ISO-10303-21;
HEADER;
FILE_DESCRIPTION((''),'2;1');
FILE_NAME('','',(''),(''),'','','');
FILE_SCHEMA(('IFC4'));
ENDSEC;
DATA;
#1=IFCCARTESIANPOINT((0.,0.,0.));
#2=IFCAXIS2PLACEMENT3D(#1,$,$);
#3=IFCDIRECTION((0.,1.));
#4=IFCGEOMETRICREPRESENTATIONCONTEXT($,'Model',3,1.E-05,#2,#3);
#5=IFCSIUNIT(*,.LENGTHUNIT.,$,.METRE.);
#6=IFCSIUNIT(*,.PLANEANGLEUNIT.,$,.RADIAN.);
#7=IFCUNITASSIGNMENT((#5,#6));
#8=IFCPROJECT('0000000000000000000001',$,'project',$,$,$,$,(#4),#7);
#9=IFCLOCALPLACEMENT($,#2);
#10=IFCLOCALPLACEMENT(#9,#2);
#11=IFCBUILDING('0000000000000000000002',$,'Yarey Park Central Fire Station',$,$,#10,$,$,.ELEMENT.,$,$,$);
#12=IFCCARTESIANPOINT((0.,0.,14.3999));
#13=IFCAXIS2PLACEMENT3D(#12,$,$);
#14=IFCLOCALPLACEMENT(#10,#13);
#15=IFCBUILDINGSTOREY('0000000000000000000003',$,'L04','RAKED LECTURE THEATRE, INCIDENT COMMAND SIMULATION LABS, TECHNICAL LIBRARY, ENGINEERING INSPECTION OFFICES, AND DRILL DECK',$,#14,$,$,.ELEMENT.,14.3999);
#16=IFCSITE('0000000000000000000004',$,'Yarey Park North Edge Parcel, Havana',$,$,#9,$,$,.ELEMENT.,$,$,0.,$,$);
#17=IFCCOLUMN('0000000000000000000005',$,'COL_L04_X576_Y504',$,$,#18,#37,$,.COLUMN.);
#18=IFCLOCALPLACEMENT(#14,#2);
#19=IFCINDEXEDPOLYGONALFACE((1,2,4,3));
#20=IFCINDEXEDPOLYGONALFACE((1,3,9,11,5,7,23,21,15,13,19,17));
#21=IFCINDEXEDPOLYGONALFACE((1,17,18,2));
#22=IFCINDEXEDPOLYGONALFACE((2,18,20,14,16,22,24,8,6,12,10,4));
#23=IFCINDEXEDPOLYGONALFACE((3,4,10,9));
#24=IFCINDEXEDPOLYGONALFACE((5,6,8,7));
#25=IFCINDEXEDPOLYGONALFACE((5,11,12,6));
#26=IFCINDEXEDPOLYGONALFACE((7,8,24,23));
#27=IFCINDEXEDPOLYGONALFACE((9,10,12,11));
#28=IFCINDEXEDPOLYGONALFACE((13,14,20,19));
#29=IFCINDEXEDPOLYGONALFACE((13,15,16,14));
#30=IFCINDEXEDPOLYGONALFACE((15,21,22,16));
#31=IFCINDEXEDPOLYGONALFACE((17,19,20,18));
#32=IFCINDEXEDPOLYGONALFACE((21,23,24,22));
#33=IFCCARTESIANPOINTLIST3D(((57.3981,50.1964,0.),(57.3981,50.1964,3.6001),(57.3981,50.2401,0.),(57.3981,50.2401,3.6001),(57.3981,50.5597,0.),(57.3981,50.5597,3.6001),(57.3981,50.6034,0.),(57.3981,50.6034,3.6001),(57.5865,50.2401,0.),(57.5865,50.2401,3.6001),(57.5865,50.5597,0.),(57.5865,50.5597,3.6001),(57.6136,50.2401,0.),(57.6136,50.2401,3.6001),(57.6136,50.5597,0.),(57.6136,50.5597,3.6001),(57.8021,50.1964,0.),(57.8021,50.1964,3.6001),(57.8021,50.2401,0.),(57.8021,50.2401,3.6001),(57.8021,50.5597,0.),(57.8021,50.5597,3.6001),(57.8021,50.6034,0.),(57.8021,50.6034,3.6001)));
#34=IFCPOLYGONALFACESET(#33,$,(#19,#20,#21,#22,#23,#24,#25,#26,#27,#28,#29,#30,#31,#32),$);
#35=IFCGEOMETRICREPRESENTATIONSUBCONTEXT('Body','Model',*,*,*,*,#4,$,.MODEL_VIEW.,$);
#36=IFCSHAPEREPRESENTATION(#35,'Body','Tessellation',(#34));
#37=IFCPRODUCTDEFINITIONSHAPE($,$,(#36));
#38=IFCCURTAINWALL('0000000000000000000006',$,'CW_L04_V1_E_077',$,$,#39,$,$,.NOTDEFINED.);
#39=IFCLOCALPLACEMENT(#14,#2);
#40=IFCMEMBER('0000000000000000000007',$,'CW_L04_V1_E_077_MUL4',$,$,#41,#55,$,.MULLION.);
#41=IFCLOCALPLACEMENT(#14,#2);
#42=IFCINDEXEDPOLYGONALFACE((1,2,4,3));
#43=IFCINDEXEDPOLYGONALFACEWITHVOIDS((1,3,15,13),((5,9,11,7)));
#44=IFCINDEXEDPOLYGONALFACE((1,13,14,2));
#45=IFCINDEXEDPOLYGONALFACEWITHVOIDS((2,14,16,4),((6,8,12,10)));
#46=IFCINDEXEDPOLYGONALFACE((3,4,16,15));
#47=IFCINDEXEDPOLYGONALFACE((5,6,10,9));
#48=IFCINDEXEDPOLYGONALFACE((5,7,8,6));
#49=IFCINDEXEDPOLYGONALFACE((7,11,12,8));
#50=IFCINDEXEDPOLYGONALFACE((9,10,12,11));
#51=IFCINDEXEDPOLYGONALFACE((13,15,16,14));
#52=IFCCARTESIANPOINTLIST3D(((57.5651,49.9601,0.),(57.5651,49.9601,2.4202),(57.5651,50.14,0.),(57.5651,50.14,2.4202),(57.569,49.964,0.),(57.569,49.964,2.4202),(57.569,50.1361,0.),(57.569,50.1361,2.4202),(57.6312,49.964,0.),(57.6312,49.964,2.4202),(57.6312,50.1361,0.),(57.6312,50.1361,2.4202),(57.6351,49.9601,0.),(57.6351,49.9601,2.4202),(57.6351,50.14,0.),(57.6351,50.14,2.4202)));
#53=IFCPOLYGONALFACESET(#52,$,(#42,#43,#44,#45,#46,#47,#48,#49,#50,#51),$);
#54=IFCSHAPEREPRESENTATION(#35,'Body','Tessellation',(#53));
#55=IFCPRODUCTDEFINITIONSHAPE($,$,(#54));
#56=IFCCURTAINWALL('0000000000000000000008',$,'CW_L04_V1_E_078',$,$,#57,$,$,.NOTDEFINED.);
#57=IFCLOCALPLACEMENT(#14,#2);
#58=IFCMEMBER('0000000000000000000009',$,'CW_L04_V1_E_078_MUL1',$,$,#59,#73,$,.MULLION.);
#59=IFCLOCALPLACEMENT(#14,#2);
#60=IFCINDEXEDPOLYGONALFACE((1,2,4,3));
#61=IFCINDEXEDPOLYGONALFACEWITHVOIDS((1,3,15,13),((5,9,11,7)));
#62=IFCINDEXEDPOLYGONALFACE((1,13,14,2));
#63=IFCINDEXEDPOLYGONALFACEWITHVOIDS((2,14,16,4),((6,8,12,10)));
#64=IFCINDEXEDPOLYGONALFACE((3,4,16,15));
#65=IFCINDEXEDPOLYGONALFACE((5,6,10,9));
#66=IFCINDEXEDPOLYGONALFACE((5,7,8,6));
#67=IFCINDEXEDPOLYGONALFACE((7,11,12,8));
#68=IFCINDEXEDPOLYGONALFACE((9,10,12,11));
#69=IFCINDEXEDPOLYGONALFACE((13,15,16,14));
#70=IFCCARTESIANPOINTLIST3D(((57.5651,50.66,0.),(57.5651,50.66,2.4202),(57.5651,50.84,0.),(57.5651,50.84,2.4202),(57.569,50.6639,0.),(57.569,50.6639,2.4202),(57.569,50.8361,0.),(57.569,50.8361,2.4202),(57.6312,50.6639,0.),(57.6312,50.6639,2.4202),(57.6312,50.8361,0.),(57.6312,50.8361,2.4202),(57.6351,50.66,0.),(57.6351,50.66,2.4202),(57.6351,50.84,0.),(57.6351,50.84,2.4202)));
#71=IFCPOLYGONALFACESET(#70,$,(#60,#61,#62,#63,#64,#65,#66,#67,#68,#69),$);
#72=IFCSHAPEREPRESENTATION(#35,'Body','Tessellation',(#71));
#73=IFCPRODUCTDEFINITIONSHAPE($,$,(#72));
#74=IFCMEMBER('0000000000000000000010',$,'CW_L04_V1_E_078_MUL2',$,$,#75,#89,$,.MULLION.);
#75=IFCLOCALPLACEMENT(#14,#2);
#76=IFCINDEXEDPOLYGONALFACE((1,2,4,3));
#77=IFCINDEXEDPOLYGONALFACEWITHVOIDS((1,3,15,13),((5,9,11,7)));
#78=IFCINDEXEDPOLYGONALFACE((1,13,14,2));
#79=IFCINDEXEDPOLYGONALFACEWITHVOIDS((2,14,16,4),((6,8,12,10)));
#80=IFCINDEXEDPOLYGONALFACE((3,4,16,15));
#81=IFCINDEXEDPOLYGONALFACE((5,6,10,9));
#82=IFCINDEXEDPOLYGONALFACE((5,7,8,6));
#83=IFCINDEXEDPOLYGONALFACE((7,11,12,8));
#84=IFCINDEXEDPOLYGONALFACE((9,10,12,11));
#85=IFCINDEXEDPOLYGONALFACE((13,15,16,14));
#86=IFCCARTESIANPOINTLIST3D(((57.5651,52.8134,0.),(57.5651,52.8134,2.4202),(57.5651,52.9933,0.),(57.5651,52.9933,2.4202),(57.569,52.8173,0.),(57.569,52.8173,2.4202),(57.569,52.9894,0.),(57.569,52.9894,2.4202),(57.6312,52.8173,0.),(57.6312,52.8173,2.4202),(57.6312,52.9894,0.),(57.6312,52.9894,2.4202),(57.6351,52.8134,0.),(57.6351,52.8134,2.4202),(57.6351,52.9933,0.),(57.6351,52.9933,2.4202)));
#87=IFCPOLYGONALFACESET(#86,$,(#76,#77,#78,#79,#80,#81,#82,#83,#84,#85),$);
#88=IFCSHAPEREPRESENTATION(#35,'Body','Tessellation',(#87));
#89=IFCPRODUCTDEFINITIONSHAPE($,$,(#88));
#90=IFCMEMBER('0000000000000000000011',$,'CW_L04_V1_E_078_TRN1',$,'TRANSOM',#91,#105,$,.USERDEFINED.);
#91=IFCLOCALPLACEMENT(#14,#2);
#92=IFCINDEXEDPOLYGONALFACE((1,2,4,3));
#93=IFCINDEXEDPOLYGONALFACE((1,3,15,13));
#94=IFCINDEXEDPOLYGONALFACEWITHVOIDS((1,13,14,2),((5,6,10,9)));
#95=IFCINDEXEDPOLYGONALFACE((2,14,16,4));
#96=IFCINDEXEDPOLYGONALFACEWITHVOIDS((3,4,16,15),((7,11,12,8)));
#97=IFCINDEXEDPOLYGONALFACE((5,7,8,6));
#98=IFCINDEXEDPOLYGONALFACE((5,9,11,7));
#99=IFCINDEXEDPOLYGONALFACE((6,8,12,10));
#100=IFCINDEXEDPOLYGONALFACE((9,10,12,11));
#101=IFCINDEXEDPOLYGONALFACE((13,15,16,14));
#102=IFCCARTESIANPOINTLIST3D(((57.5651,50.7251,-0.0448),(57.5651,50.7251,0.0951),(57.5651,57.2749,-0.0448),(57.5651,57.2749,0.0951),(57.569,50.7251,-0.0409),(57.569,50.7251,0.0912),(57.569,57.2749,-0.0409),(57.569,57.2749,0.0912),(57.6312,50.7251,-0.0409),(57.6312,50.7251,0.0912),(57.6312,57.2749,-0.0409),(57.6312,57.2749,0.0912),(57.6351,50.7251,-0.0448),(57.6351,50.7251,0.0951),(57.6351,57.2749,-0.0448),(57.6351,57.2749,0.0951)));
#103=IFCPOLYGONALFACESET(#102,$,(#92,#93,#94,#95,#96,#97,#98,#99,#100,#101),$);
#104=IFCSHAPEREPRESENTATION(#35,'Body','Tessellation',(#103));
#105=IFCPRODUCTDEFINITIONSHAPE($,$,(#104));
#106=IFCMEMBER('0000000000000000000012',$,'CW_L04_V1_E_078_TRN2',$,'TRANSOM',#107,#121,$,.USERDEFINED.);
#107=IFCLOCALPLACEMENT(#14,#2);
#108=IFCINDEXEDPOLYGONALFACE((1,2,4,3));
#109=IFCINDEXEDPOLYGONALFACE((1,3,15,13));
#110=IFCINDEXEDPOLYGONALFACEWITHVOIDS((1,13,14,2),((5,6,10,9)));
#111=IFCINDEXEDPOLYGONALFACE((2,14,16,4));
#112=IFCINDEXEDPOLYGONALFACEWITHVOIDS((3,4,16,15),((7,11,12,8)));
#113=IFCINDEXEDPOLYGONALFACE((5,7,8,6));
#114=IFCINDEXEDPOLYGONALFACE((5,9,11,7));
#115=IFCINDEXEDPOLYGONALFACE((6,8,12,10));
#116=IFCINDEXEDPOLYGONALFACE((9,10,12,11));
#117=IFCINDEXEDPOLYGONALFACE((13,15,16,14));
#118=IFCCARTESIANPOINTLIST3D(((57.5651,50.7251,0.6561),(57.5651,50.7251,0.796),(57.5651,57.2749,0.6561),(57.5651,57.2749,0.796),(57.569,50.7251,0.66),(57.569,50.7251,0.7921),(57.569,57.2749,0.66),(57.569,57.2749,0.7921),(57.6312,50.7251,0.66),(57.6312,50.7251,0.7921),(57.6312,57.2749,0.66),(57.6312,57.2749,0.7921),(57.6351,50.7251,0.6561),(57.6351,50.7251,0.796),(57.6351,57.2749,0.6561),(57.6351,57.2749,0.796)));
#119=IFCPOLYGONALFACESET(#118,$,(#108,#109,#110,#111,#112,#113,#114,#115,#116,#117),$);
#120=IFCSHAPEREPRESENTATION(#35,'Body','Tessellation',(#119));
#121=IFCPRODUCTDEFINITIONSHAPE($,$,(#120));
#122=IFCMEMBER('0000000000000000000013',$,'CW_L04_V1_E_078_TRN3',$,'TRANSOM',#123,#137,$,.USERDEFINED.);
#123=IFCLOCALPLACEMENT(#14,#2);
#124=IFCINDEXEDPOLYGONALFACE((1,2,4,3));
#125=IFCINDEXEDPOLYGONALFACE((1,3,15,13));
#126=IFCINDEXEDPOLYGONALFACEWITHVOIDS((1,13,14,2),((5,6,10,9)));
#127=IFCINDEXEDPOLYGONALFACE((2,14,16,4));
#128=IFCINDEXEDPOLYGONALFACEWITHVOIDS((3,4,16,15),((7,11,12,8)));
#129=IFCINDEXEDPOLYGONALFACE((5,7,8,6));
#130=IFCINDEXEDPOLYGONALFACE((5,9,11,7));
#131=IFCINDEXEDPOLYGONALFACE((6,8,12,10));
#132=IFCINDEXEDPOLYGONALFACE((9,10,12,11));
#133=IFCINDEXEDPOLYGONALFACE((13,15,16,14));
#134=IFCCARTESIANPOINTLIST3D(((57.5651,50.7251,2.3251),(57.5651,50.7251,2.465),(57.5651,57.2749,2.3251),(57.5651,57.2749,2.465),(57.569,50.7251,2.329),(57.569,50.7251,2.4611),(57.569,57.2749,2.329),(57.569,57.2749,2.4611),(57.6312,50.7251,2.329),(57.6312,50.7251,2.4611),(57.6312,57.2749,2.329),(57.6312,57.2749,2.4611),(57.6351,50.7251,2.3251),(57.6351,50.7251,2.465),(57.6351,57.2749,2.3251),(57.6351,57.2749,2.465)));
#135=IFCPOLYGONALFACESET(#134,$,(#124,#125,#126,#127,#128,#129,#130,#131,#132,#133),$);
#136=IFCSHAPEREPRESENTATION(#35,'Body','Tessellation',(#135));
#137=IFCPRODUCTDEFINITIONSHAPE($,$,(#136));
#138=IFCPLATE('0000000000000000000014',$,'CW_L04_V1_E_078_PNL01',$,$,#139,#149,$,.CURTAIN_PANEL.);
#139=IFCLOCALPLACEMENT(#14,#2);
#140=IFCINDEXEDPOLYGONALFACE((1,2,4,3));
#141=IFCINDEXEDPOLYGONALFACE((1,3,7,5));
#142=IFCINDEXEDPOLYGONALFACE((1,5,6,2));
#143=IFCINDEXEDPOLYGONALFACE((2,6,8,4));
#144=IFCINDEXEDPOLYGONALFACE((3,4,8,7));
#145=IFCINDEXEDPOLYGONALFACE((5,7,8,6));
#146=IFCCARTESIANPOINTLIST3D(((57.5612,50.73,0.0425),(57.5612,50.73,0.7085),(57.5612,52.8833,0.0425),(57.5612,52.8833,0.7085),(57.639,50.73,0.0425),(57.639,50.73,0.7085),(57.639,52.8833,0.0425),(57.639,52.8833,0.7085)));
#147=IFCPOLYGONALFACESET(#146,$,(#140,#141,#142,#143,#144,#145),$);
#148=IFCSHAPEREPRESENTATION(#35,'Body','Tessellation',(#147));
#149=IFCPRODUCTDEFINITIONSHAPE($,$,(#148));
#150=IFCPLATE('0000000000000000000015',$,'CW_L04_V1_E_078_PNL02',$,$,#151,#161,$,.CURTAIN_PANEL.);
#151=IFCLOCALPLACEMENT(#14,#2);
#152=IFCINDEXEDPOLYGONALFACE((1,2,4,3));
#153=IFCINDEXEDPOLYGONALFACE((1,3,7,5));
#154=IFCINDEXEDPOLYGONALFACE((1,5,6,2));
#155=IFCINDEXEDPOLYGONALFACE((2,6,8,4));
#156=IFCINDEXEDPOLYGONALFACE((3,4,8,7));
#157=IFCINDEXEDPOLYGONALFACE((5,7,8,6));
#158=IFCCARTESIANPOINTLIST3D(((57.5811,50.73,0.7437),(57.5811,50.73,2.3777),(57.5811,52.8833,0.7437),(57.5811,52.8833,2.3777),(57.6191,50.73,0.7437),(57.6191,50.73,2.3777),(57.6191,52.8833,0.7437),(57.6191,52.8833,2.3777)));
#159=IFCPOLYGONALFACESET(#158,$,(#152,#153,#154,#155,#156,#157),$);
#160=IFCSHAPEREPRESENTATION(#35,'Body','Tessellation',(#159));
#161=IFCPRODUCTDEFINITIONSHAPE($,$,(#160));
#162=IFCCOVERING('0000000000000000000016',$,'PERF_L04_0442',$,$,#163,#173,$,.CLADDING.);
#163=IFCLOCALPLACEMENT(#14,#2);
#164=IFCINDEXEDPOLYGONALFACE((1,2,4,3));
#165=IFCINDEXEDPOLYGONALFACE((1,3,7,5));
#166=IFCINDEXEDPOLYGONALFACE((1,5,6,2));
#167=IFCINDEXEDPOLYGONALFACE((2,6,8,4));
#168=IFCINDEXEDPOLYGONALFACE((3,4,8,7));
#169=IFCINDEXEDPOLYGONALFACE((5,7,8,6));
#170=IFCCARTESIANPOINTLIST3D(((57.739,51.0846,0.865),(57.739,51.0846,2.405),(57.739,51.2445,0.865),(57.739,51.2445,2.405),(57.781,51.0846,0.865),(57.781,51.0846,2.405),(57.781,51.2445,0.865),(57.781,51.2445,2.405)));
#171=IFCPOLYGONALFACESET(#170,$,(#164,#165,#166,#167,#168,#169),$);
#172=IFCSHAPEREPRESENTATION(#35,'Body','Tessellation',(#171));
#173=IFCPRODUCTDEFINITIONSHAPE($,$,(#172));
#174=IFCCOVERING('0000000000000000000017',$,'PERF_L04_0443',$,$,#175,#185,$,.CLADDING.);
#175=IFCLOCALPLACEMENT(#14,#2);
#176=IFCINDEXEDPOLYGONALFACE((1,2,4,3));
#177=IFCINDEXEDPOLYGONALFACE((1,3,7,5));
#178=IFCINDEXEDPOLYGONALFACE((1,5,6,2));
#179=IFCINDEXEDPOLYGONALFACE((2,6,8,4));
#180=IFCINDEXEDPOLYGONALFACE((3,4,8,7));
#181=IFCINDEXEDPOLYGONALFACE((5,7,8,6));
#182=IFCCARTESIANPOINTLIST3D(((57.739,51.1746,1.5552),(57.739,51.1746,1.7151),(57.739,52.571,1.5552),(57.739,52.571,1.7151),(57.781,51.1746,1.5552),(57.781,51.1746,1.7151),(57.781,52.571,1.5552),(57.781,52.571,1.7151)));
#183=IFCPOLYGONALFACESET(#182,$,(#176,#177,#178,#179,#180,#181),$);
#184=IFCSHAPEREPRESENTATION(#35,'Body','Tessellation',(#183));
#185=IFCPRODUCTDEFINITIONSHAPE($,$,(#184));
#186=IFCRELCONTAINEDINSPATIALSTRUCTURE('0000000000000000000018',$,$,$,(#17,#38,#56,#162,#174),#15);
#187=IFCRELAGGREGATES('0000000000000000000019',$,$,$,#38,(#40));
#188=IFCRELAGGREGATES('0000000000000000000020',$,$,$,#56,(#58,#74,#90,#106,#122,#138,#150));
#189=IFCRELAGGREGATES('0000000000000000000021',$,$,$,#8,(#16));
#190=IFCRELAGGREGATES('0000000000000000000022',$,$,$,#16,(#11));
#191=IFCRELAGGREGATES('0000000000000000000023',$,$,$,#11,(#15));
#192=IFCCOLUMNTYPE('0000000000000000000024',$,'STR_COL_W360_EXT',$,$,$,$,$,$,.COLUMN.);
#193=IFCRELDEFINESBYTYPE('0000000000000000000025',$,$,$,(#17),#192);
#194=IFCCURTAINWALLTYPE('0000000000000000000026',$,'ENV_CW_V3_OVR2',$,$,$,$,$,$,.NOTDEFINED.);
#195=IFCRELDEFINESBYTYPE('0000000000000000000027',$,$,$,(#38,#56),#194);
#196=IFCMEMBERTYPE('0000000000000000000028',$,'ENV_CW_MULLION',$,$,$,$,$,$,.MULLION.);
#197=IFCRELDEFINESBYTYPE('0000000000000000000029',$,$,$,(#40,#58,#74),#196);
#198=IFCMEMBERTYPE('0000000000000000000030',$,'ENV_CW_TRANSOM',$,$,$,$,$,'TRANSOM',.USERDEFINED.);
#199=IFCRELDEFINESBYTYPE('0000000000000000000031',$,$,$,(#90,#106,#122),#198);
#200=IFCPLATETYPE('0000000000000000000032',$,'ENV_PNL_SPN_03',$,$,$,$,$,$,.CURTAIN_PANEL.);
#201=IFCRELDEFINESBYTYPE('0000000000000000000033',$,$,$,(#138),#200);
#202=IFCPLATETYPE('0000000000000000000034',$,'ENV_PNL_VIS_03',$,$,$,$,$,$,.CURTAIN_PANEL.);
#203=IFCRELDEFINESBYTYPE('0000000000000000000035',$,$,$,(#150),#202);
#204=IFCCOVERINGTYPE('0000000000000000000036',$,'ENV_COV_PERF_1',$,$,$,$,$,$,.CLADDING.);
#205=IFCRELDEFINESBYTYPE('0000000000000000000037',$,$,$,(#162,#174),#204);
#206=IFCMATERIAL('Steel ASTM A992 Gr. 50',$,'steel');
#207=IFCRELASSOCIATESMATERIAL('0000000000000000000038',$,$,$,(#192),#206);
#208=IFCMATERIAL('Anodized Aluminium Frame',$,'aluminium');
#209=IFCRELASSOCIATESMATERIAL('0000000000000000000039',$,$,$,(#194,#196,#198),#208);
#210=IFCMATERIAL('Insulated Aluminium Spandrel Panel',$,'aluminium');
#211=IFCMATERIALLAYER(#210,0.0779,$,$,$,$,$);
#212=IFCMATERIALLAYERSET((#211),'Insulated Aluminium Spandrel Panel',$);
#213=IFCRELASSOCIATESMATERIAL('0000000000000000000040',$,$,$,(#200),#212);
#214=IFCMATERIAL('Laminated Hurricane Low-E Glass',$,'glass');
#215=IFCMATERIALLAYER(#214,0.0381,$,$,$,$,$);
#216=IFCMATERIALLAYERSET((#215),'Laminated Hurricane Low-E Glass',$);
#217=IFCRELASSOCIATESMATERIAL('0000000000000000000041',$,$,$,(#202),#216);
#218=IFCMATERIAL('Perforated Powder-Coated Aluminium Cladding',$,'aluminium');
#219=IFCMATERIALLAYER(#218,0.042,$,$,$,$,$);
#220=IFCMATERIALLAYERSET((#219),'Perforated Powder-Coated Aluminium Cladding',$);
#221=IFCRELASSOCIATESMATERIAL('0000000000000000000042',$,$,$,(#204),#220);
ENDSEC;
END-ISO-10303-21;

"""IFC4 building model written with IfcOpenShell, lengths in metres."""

from ifc_helpers import new_model, si_unit, direction, frame, origin, origin_2d, place, context, subcontext, project, spatial, rectangle, hollow_rectangle, i_section, extrude, material, layer, layer_set, material_profile, profile_set, type_object, element, aggregate, save


model = new_model("IFC4")

# Units and contexts
model_context = context("Model", 3, precision=1e-05, world=origin(), true_north=direction((0.0, 1.0)))
body_context = subcontext(model_context, "Body", "Model", "MODEL_VIEW")
ifc_project = project(units=[si_unit("LENGTHUNIT", "METRE"), si_unit("PLANEANGLEUNIT", "RADIAN")], contexts=[model_context])

# Site, building, storey
site_placement = place(None, origin())
site = spatial("IfcSite", under=ifc_project, at=site_placement, Name="Yarey Park North Edge Parcel, Havana", CompositionType="ELEMENT", RefElevation=0.0)
building_placement = place(site_placement, origin())
building = spatial("IfcBuilding", under=site, at=building_placement, Name="Yarey Park Central Fire Station", CompositionType="ELEMENT")
storey_placement = place(building_placement, frame((0.0, 0.0, 14.3999)))
storey = spatial("IfcBuildingStorey", under=building, at=storey_placement, Name="L04", Description="RAKED LECTURE THEATRE, INCIDENT COMMAND SIMULATION LABS, TECHNICAL LIBRARY, ENGINEERING INSPECTION OFFICES, AND DRILL DECK", CompositionType="ELEMENT", Elevation=14.3999)

# Column
ifc_material_1 = material(Name="Steel ASTM A992 Gr. 50", Category="steel")
ifc_material_profile_1 = material_profile(ifc_material_1, i_section(OverallWidth=0.4041, OverallDepth=0.407, WebThickness=0.0271, FlangeThickness=0.0437, at=origin_2d()), Name="W360x347")
ifc_profile_set_1 = profile_set([ifc_material_profile_1], Name="Steel ASTM A992 Gr. 50")
column_type = type_object("IfcColumnType", Name="STR_COL_W360_EXT", PredefinedType="COLUMN", material=ifc_profile_set_1)
column_placement = place(storey_placement, frame((57.6001, 50.3999, 0.0), z_axis=(0.0, 0.0, 1.0), x_axis=(1.0, 0.0, 0.0)))
element("IfcColumn", 1, at=column_placement, inside=storey, type_object=column_type, Name="COL_L04_X576_Y504", PredefinedType="COLUMN", context=body_context, shape_type="SweptSolid", body=[
    extrude(i_section(OverallWidth=0.4041, OverallDepth=0.407, WebThickness=0.0271, FlangeThickness=0.0437, at=origin_2d()), origin(), (0.0, 0.0, 1.0), 3.6001),
])

# Curtain wall, member
ifc_material_2 = material(Name="Anodized Aluminium Frame", Category="aluminium")
curtain_wall_type = type_object("IfcCurtainWallType", Name="ENV_CW_V3_OVR2", PredefinedType="NOTDEFINED", material=ifc_material_2)
curtain_wall_1_placement = place(storey_placement, origin())
curtain_wall_1 = element("IfcCurtainWall", 2, at=curtain_wall_1_placement, inside=storey, type_object=curtain_wall_type, Name="CW_L04_V1_E_077", PredefinedType="NOTDEFINED")
ifc_material_profile_2 = material_profile(ifc_material_2, hollow_rectangle(XDim=0.0701, YDim=0.1799, WallThickness=0.0039, at=origin_2d()), Name="ALU 180x70x4")
ifc_profile_set_2 = profile_set([ifc_material_profile_2], Name="Anodized Aluminium Frame")
member_type_1 = type_object("IfcMemberType", Name="ENV_CW_MULLION", PredefinedType="MULLION", material=ifc_profile_set_2)
member_1_placement = place(storey_placement, frame((57.6001, 50.05, 0.0), z_axis=(0.0, 0.0, 1.0), x_axis=(1.0, 0.0, 0.0)))
member_1 = element("IfcMember", 3, at=member_1_placement, type_object=member_type_1, Name="CW_L04_V1_E_077_MUL4", PredefinedType="MULLION", context=body_context, shape_type="SweptSolid", body=[
    extrude(hollow_rectangle(XDim=0.0701, YDim=0.1799, WallThickness=0.0039, at=origin_2d()), origin(), (0.0, 0.0, 1.0), 2.4202),
])
aggregate(curtain_wall_1, [member_1])

# Curtain wall, members, plates
curtain_wall_2_placement = place(storey_placement, origin())
curtain_wall_2 = element("IfcCurtainWall", 4, at=curtain_wall_2_placement, inside=storey, type_object=curtain_wall_type, Name="CW_L04_V1_E_078", PredefinedType="NOTDEFINED")
member_2_placement = place(storey_placement, frame((57.6001, 50.75, 0.0), z_axis=(0.0, 0.0, 1.0), x_axis=(1.0, 0.0, 0.0)))
member_2 = element("IfcMember", 5, at=member_2_placement, type_object=member_type_1, Name="CW_L04_V1_E_078_MUL1", PredefinedType="MULLION", context=body_context, shape_type="SweptSolid", body=[
    extrude(hollow_rectangle(XDim=0.0701, YDim=0.1799, WallThickness=0.0039, at=origin_2d()), origin(), (0.0, 0.0, 1.0), 2.4202),
])
member_3_placement = place(storey_placement, frame((57.6001, 52.9033, 0.0), z_axis=(0.0, 0.0, 1.0), x_axis=(1.0, 0.0, 0.0)))
member_3 = element("IfcMember", 6, at=member_3_placement, type_object=member_type_1, Name="CW_L04_V1_E_078_MUL2", PredefinedType="MULLION", context=body_context, shape_type="SweptSolid", body=[
    extrude(hollow_rectangle(XDim=0.0701, YDim=0.1799, WallThickness=0.0039, at=origin_2d()), origin(), (0.0, 0.0, 1.0), 2.4202),
])
ifc_material_profile_3 = material_profile(ifc_material_2, hollow_rectangle(XDim=0.0701, YDim=0.1399, WallThickness=0.0039, at=origin_2d()), Name="ALU 140x70x4")
ifc_profile_set_3 = profile_set([ifc_material_profile_3], Name="Anodized Aluminium Frame")
member_type_2 = type_object("IfcMemberType", Name="ENV_CW_TRANSOM", ElementType="TRANSOM", PredefinedType="USERDEFINED", material=ifc_profile_set_3)
member_4_placement = place(storey_placement, frame((57.6001, 50.7251, 0.0251), z_axis=(0.0, 1.0, 0.0), x_axis=(-1.0, 0.0, 0.0)))
member_4 = element("IfcMember", 7, at=member_4_placement, type_object=member_type_2, Name="CW_L04_V1_E_078_TRN1", ObjectType="TRANSOM", PredefinedType="USERDEFINED", context=body_context, shape_type="SweptSolid", body=[
    extrude(hollow_rectangle(XDim=0.0701, YDim=0.1399, WallThickness=0.0039, at=origin_2d()), origin(), (0.0, 0.0, 1.0), 6.5498),
])
member_5_placement = place(storey_placement, frame((57.6001, 50.7251, 0.7261), z_axis=(0.0, 1.0, 0.0), x_axis=(-1.0, 0.0, 0.0)))
member_5 = element("IfcMember", 8, at=member_5_placement, type_object=member_type_2, Name="CW_L04_V1_E_078_TRN2", ObjectType="TRANSOM", PredefinedType="USERDEFINED", context=body_context, shape_type="SweptSolid", body=[
    extrude(hollow_rectangle(XDim=0.0701, YDim=0.1399, WallThickness=0.0039, at=origin_2d()), origin(), (0.0, 0.0, 1.0), 6.5498),
])
member_6_placement = place(storey_placement, frame((57.6001, 50.7251, 2.395), z_axis=(0.0, 1.0, 0.0), x_axis=(-1.0, 0.0, 0.0)))
member_6 = element("IfcMember", 9, at=member_6_placement, type_object=member_type_2, Name="CW_L04_V1_E_078_TRN3", ObjectType="TRANSOM", PredefinedType="USERDEFINED", context=body_context, shape_type="SweptSolid", body=[
    extrude(hollow_rectangle(XDim=0.0701, YDim=0.1399, WallThickness=0.0039, at=origin_2d()), origin(), (0.0, 0.0, 1.0), 6.5498),
])
ifc_material_3 = material(Name="Insulated Aluminium Spandrel Panel", Category="aluminium")
ifc_layer_1 = layer(ifc_material_3, 0.0779)
ifc_layer_set_1 = layer_set([ifc_layer_1], Name="Insulated Aluminium Spandrel Panel")
plate_type_1 = type_object("IfcPlateType", Name="ENV_PNL_SPN_03", PredefinedType="CURTAIN_PANEL", material=ifc_layer_set_1)
plate_1_placement = place(storey_placement, frame((57.6001, 51.8066, 0.0425), z_axis=(0.0, 0.0, 1.0), x_axis=(0.0, 1.0, 0.0)))
plate_1 = element("IfcPlate", 10, at=plate_1_placement, type_object=plate_type_1, Name="CW_L04_V1_E_078_PNL01", PredefinedType="CURTAIN_PANEL", context=body_context, shape_type="SweptSolid", body=[
    extrude(rectangle(XDim=2.1533, YDim=0.0779, at=origin_2d()), origin(), (0.0, 0.0, 1.0), 0.666),
])
ifc_material_4 = material(Name="Laminated Hurricane Low-E Glass", Category="glass")
ifc_layer_2 = layer(ifc_material_4, 0.0381)
ifc_layer_set_2 = layer_set([ifc_layer_2], Name="Laminated Hurricane Low-E Glass")
plate_type_2 = type_object("IfcPlateType", Name="ENV_PNL_VIS_03", PredefinedType="CURTAIN_PANEL", material=ifc_layer_set_2)
plate_2_placement = place(storey_placement, frame((57.6001, 51.8066, 0.7437), z_axis=(0.0, 0.0, 1.0), x_axis=(0.0, 1.0, 0.0)))
plate_2 = element("IfcPlate", 11, at=plate_2_placement, type_object=plate_type_2, Name="CW_L04_V1_E_078_PNL02", PredefinedType="CURTAIN_PANEL", context=body_context, shape_type="SweptSolid", body=[
    extrude(rectangle(XDim=2.1533, YDim=0.0381, at=origin_2d()), origin(), (0.0, 0.0, 1.0), 1.634),
])
aggregate(curtain_wall_2, [member_2, member_3, member_4, member_5, member_6, plate_1, plate_2])

# Coverings
ifc_material_5 = material(Name="Perforated Powder-Coated Aluminium Cladding", Category="aluminium")
ifc_layer_3 = layer(ifc_material_5, 0.042)
ifc_layer_set_3 = layer_set([ifc_layer_3], Name="Perforated Powder-Coated Aluminium Cladding")
covering_type_1 = type_object("IfcCoveringType", Name="ENV_COV_PERF_1", PredefinedType="CLADDING", material=ifc_layer_set_3)
covering_1_placement = place(storey_placement, frame((57.76, 51.1646, 0.865), z_axis=(0.0, 0.0, 1.0), x_axis=(0.0, 1.0, 0.0)))
element("IfcCovering", 12, at=covering_1_placement, inside=storey, type_object=covering_type_1, Name="PERF_L04_0442", PredefinedType="CLADDING", context=body_context, shape_type="SweptSolid", body=[
    extrude(rectangle(XDim=0.1599, YDim=0.042, at=origin_2d()), origin(), (0.0, 0.0, 1.0), 1.54),
])
covering_2_placement = place(storey_placement, frame((57.76, 51.8728, 1.5552), z_axis=(0.0, 0.0, 1.0), x_axis=(0.0, 1.0, 0.0)))
element("IfcCovering", 13, at=covering_2_placement, inside=storey, type_object=covering_type_1, Name="PERF_L04_0443", PredefinedType="CLADDING", context=body_context, shape_type="SweptSolid", body=[
    extrude(rectangle(XDim=1.3965, YDim=0.042, at=origin_2d()), origin(), (0.0, 0.0, 1.0), 0.1599),
])

save(model, "model.ifc")
